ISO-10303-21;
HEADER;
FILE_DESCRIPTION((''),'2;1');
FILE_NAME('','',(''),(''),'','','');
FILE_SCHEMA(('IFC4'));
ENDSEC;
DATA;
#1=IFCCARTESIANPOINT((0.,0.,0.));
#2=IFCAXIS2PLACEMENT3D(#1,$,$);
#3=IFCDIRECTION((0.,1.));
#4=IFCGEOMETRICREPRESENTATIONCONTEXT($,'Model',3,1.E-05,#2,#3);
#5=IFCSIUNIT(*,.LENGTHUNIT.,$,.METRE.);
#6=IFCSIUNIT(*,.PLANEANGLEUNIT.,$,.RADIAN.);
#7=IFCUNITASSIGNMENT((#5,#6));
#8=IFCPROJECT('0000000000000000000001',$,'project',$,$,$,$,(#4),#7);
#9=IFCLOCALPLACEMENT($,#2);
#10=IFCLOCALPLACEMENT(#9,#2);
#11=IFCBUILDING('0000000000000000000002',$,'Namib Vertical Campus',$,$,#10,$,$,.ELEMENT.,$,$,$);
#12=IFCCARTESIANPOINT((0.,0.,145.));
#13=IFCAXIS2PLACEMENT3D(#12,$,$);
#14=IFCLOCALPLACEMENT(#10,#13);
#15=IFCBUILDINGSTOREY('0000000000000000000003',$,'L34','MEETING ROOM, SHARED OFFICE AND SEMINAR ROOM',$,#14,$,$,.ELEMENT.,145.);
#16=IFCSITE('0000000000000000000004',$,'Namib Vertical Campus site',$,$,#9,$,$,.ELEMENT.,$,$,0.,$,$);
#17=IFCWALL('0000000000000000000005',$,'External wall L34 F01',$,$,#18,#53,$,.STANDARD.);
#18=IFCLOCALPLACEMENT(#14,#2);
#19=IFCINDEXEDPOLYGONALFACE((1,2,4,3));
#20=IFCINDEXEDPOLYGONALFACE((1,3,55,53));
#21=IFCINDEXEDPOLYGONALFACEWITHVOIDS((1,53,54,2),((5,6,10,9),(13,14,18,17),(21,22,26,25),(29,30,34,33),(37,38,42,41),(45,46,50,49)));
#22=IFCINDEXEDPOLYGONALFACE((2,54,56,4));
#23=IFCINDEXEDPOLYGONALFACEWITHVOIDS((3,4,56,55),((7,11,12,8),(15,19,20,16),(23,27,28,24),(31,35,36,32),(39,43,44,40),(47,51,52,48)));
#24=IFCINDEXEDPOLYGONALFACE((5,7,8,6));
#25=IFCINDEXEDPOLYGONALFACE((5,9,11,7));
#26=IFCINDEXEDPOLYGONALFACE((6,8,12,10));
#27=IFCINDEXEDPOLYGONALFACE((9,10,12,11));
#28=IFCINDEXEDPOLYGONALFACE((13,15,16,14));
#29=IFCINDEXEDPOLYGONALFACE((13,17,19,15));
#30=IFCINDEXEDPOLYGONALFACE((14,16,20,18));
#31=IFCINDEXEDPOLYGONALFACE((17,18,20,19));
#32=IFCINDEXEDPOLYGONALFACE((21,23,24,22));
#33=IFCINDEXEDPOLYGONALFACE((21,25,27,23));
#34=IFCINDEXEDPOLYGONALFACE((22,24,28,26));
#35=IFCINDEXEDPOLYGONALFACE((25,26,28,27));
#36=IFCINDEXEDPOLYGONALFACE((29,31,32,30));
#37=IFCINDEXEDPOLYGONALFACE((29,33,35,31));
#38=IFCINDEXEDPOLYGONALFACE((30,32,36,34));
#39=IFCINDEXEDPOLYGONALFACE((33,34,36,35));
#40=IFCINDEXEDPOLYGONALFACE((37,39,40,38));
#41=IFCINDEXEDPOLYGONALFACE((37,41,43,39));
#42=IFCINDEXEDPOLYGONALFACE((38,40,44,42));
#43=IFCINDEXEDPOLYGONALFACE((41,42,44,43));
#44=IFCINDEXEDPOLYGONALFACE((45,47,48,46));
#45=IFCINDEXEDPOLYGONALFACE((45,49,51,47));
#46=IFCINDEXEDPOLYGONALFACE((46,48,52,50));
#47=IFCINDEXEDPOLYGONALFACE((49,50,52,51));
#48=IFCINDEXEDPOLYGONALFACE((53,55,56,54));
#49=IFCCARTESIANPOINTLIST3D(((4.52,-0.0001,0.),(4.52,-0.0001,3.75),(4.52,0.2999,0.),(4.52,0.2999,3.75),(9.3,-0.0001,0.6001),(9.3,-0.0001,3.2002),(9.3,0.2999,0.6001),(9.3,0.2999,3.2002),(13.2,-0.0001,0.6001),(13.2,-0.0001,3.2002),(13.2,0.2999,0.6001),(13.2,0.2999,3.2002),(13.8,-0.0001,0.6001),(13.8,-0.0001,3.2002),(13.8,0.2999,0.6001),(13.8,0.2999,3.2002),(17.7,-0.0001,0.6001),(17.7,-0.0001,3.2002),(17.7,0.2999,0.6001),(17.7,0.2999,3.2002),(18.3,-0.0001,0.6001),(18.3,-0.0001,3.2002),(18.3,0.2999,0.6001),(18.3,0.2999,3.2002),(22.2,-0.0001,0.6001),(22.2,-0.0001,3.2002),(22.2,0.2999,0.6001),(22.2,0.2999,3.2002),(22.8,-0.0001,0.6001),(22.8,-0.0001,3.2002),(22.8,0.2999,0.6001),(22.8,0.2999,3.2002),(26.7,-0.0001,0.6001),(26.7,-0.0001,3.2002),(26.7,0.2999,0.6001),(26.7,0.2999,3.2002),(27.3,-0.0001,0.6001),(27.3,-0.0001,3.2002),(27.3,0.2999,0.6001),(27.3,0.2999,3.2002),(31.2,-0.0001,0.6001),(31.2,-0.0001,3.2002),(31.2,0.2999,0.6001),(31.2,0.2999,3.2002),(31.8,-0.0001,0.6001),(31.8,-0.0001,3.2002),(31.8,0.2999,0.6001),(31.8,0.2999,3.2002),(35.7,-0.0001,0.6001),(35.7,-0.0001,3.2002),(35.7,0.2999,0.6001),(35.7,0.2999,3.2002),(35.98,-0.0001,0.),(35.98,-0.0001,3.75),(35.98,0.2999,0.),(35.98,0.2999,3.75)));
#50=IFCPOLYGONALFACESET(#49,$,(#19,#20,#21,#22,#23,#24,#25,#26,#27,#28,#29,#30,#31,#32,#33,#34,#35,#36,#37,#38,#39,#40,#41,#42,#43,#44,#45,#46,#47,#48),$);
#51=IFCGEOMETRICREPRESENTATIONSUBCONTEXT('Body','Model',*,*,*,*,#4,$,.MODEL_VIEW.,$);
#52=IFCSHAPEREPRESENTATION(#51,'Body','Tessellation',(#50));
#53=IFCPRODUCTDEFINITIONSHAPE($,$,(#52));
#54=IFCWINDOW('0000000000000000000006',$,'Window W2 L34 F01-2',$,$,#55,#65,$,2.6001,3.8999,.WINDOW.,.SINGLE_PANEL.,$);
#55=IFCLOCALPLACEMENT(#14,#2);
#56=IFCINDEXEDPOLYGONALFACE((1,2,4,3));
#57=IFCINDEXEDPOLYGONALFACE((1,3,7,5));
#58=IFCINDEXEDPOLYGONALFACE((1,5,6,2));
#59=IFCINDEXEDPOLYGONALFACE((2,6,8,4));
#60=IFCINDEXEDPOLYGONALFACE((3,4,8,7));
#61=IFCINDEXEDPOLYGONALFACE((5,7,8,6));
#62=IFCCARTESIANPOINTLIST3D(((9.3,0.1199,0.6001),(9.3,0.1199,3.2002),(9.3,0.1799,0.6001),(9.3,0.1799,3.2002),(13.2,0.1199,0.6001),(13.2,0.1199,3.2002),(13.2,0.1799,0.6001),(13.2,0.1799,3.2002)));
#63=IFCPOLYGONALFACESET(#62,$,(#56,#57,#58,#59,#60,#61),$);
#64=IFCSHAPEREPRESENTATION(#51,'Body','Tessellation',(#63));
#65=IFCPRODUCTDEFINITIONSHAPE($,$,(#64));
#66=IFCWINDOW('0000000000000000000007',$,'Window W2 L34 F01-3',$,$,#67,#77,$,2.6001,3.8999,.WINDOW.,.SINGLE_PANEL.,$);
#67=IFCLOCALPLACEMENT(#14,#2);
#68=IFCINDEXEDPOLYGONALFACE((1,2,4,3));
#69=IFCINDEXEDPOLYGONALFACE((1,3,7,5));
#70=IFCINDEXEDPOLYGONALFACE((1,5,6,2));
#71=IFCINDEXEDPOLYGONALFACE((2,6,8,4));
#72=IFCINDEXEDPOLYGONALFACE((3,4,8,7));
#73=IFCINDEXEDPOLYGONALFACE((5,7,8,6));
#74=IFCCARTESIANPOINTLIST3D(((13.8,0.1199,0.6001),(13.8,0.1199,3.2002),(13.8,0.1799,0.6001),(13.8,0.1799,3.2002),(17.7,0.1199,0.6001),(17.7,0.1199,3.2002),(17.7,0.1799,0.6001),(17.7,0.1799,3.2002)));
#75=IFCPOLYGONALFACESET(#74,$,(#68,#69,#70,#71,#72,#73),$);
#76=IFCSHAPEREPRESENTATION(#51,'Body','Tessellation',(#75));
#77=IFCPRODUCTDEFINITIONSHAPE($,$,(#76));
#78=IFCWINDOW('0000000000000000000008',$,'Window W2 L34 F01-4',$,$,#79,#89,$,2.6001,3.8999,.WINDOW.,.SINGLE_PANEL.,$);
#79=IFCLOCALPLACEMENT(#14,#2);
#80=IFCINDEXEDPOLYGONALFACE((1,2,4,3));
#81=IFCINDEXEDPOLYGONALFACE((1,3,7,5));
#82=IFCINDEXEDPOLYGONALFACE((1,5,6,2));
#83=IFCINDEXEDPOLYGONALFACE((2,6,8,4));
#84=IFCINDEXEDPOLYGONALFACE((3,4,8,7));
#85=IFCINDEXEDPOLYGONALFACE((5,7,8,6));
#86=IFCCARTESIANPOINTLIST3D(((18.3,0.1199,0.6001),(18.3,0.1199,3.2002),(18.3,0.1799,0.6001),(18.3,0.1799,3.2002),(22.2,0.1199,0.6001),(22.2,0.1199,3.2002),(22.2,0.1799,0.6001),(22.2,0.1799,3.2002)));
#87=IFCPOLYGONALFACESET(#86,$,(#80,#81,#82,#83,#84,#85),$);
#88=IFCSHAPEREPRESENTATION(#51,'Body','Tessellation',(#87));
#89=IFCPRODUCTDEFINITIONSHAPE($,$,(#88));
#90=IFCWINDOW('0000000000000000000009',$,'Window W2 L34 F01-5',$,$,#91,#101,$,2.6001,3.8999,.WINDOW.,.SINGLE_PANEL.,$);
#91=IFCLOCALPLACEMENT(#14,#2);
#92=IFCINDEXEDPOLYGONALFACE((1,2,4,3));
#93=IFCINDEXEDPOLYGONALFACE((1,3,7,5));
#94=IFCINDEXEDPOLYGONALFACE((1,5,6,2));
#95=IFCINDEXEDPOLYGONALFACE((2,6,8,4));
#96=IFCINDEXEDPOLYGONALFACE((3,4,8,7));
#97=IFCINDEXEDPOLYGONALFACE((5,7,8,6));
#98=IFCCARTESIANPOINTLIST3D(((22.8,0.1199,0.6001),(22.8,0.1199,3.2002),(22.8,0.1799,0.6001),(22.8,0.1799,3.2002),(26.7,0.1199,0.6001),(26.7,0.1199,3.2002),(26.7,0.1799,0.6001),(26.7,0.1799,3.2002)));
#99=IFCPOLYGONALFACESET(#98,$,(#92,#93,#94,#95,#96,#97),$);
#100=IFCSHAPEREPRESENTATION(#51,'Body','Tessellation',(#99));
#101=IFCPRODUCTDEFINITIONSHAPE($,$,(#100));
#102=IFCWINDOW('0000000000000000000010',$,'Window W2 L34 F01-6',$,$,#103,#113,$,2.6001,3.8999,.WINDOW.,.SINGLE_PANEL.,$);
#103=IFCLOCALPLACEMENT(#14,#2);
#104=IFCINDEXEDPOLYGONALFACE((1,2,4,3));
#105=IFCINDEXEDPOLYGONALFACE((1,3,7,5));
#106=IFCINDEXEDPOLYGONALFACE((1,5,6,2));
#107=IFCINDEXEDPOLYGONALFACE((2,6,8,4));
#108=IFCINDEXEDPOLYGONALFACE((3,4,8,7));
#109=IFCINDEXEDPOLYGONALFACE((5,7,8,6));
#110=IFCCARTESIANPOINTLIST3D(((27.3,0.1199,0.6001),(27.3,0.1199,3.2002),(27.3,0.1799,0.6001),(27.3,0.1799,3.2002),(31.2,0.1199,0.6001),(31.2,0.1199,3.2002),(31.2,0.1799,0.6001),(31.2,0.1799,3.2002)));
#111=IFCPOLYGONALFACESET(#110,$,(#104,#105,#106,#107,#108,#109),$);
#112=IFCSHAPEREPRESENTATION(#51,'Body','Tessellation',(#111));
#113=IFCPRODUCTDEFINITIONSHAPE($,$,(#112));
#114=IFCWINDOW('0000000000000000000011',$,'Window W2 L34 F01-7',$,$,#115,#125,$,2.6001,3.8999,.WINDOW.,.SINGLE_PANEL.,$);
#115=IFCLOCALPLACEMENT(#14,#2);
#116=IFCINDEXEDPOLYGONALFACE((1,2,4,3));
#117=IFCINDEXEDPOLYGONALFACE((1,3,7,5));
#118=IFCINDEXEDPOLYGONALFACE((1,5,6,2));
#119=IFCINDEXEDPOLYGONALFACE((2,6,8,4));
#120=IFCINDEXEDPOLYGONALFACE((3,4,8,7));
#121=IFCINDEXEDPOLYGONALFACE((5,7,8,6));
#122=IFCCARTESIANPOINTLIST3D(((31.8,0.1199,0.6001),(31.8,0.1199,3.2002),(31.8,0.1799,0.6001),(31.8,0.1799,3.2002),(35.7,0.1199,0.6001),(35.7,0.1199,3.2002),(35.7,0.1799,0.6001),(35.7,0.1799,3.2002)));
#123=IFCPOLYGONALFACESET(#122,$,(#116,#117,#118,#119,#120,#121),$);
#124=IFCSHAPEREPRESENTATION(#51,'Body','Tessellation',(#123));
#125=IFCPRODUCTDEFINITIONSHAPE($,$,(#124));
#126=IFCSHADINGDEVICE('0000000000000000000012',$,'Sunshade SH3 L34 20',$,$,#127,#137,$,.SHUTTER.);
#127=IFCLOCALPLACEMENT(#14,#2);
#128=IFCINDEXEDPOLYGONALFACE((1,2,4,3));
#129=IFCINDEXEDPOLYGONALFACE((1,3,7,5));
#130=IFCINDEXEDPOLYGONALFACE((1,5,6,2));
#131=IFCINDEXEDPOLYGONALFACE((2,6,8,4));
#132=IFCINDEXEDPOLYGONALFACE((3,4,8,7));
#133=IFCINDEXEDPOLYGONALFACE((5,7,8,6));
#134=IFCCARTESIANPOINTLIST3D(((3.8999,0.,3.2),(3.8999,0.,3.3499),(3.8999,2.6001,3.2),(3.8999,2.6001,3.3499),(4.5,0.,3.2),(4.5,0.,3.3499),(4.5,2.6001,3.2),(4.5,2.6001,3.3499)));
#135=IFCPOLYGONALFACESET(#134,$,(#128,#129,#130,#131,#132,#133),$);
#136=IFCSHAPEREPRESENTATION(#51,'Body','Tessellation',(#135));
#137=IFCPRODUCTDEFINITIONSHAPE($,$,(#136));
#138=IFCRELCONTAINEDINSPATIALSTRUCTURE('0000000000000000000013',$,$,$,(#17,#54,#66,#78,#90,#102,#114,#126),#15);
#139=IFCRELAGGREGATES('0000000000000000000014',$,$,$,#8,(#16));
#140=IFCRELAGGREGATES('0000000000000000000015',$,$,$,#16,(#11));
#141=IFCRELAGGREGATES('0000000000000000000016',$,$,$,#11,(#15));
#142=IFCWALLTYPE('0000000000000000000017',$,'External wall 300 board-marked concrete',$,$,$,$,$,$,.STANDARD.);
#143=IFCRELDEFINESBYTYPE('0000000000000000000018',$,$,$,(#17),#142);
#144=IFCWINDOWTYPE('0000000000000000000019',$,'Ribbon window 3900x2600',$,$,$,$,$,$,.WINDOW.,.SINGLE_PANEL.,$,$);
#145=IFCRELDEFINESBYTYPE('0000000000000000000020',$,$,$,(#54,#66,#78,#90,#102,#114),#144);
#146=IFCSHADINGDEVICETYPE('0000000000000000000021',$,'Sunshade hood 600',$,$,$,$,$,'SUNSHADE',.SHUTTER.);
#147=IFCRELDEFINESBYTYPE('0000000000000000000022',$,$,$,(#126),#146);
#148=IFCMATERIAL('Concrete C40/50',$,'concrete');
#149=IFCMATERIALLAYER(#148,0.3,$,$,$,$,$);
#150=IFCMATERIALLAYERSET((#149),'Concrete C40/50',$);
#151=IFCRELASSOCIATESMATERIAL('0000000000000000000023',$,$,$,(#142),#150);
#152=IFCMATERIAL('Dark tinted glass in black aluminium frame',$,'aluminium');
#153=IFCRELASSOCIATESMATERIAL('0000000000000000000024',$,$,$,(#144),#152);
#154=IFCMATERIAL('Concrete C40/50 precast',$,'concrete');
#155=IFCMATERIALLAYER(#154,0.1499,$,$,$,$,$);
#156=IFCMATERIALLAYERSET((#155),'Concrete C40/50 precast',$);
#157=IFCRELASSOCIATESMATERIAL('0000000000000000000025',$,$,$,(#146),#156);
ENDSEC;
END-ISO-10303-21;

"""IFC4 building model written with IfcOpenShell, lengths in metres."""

from ifc_helpers import new_model, si_unit, direction, frame, frame_2d, origin, origin_2d, place, context, subcontext, project, spatial, rectangle, extrude, material, layer, layer_set, type_object, element, fill, save


model = new_model("IFC4")

# Units and contexts
model_context = context("Model", 3, precision=1e-05, world=origin(), true_north=direction((0.0, 1.0)))
body_context = subcontext(model_context, "Body", "Model", "MODEL_VIEW")
ifc_project = project(units=[si_unit("LENGTHUNIT", "METRE"), si_unit("PLANEANGLEUNIT", "RADIAN")], contexts=[model_context])

# Site, building, storey
site_placement = place(None, origin())
site = spatial("IfcSite", under=ifc_project, at=site_placement, Name="Namib Vertical Campus site", CompositionType="ELEMENT", RefElevation=0.0)
building_placement = place(site_placement, origin())
building = spatial("IfcBuilding", under=site, at=building_placement, Name="Namib Vertical Campus", CompositionType="ELEMENT")
storey_placement = place(building_placement, frame((0.0, 0.0, 145.0)))
storey = spatial("IfcBuildingStorey", under=building, at=storey_placement, Name="L34", Description="MEETING ROOM, SHARED OFFICE AND SEMINAR ROOM", CompositionType="ELEMENT", Elevation=145.0)

# Wall, openings, windows
ifc_material_1 = material(Name="Concrete C40/50", Category="concrete")
ifc_layer_1 = layer(ifc_material_1, 0.3)
ifc_layer_set_1 = layer_set([ifc_layer_1], Name="Concrete C40/50")
wall_type = type_object("IfcWallType", Name="External wall 300 board-marked concrete", PredefinedType="STANDARD", material=ifc_layer_set_1)
wall_placement = place(storey_placement, frame((4.52, 0.1499, 0.0), z_axis=(0.0, 0.0, 1.0), x_axis=(1.0, 0.0, 0.0)))
wall = element("IfcWall", 1, at=wall_placement, inside=storey, type_object=wall_type, Name="External wall L34 F01", PredefinedType="STANDARD", context=body_context, shape_type="SweptSolid", body=[
    extrude(rectangle(XDim=31.46, YDim=0.3, at=frame_2d((15.73, 0.0))), origin(), (0.0, 0.0, 1.0), 3.75),
])
opening_1_placement = place(wall_placement, frame((4.78, 0.0, 0.6001)))
opening_1 = element("IfcOpeningElement", 2, at=opening_1_placement, cuts=wall, PredefinedType="OPENING", context=body_context, shape_type="SweptSolid", body=[
    extrude(rectangle(XDim=3.8999, YDim=2.6001, at=frame_2d((1.95, 1.3))), frame((0.0, 0.1599, 0.0), z_axis=(0.0, -1.0, 0.0), x_axis=(1.0, 0.0, 0.0)), (0.0, 0.0, 1.0), 0.3201),
])
opening_2_placement = place(wall_placement, frame((9.28, 0.0, 0.6001)))
opening_2 = element("IfcOpeningElement", 3, at=opening_2_placement, cuts=wall, PredefinedType="OPENING", context=body_context, shape_type="SweptSolid", body=[
    extrude(rectangle(XDim=3.8999, YDim=2.6001, at=frame_2d((1.95, 1.3))), frame((0.0, 0.1599, 0.0), z_axis=(0.0, -1.0, 0.0), x_axis=(1.0, 0.0, 0.0)), (0.0, 0.0, 1.0), 0.3201),
])
opening_3_placement = place(wall_placement, frame((13.78, 0.0, 0.6001)))
opening_3 = element("IfcOpeningElement", 4, at=opening_3_placement, cuts=wall, PredefinedType="OPENING", context=body_context, shape_type="SweptSolid", body=[
    extrude(rectangle(XDim=3.8999, YDim=2.6001, at=frame_2d((1.95, 1.3))), frame((0.0, 0.1599, 0.0), z_axis=(0.0, -1.0, 0.0), x_axis=(1.0, 0.0, 0.0)), (0.0, 0.0, 1.0), 0.3201),
])
opening_4_placement = place(wall_placement, frame((18.28, 0.0, 0.6001)))
opening_4 = element("IfcOpeningElement", 5, at=opening_4_placement, cuts=wall, PredefinedType="OPENING", context=body_context, shape_type="SweptSolid", body=[
    extrude(rectangle(XDim=3.8999, YDim=2.6001, at=frame_2d((1.95, 1.3))), frame((0.0, 0.1599, 0.0), z_axis=(0.0, -1.0, 0.0), x_axis=(1.0, 0.0, 0.0)), (0.0, 0.0, 1.0), 0.3201),
])
opening_5_placement = place(wall_placement, frame((22.78, 0.0, 0.6001)))
opening_5 = element("IfcOpeningElement", 6, at=opening_5_placement, cuts=wall, PredefinedType="OPENING", context=body_context, shape_type="SweptSolid", body=[
    extrude(rectangle(XDim=3.8999, YDim=2.6001, at=frame_2d((1.95, 1.3))), frame((0.0, 0.1599, 0.0), z_axis=(0.0, -1.0, 0.0), x_axis=(1.0, 0.0, 0.0)), (0.0, 0.0, 1.0), 0.3201),
])
opening_6_placement = place(wall_placement, frame((27.28, 0.0, 0.6001)))
opening_6 = element("IfcOpeningElement", 7, at=opening_6_placement, cuts=wall, PredefinedType="OPENING", context=body_context, shape_type="SweptSolid", body=[
    extrude(rectangle(XDim=3.8999, YDim=2.6001, at=frame_2d((1.95, 1.3))), frame((0.0, 0.1599, 0.0), z_axis=(0.0, -1.0, 0.0), x_axis=(1.0, 0.0, 0.0)), (0.0, 0.0, 1.0), 0.3201),
])
ifc_material_2 = material(Name="Dark tinted glass in black aluminium frame", Category="aluminium")
window_type = type_object("IfcWindowType", Name="Ribbon window 3900x2600", PartitioningType="SINGLE_PANEL", PredefinedType="WINDOW", material=ifc_material_2)
window_1_placement = place(opening_1_placement, origin())
window_1 = element("IfcWindow", 8, at=window_1_placement, inside=storey, type_object=window_type, Name="Window W2 L34 F01-2", OverallHeight=2.6001, OverallWidth=3.8999, PartitioningType="SINGLE_PANEL", PredefinedType="WINDOW", context=body_context, shape_type="SweptSolid", body=[
    extrude(rectangle(XDim=3.8999, YDim=2.6001, at=frame_2d((1.95, 1.3))), frame((0.0, 0.03, 0.0), z_axis=(0.0, -1.0, 0.0), x_axis=(1.0, 0.0, 0.0)), (0.0, 0.0, 1.0), 0.0601),
])
fill(opening_1, window_1)
window_2_placement = place(opening_2_placement, origin())
window_2 = element("IfcWindow", 9, at=window_2_placement, inside=storey, type_object=window_type, Name="Window W2 L34 F01-3", OverallHeight=2.6001, OverallWidth=3.8999, PartitioningType="SINGLE_PANEL", PredefinedType="WINDOW", context=body_context, shape_type="SweptSolid", body=[
    extrude(rectangle(XDim=3.8999, YDim=2.6001, at=frame_2d((1.95, 1.3))), frame((0.0, 0.03, 0.0), z_axis=(0.0, -1.0, 0.0), x_axis=(1.0, 0.0, 0.0)), (0.0, 0.0, 1.0), 0.0601),
])
fill(opening_2, window_2)
window_3_placement = place(opening_3_placement, origin())
window_3 = element("IfcWindow", 10, at=window_3_placement, inside=storey, type_object=window_type, Name="Window W2 L34 F01-4", OverallHeight=2.6001, OverallWidth=3.8999, PartitioningType="SINGLE_PANEL", PredefinedType="WINDOW", context=body_context, shape_type="SweptSolid", body=[
    extrude(rectangle(XDim=3.8999, YDim=2.6001, at=frame_2d((1.95, 1.3))), frame((0.0, 0.03, 0.0), z_axis=(0.0, -1.0, 0.0), x_axis=(1.0, 0.0, 0.0)), (0.0, 0.0, 1.0), 0.0601),
])
fill(opening_3, window_3)
window_4_placement = place(opening_4_placement, origin())
window_4 = element("IfcWindow", 11, at=window_4_placement, inside=storey, type_object=window_type, Name="Window W2 L34 F01-5", OverallHeight=2.6001, OverallWidth=3.8999, PartitioningType="SINGLE_PANEL", PredefinedType="WINDOW", context=body_context, shape_type="SweptSolid", body=[
    extrude(rectangle(XDim=3.8999, YDim=2.6001, at=frame_2d((1.95, 1.3))), frame((0.0, 0.03, 0.0), z_axis=(0.0, -1.0, 0.0), x_axis=(1.0, 0.0, 0.0)), (0.0, 0.0, 1.0), 0.0601),
])
fill(opening_4, window_4)
window_5_placement = place(opening_5_placement, origin())
window_5 = element("IfcWindow", 12, at=window_5_placement, inside=storey, type_object=window_type, Name="Window W2 L34 F01-6", OverallHeight=2.6001, OverallWidth=3.8999, PartitioningType="SINGLE_PANEL", PredefinedType="WINDOW", context=body_context, shape_type="SweptSolid", body=[
    extrude(rectangle(XDim=3.8999, YDim=2.6001, at=frame_2d((1.95, 1.3))), frame((0.0, 0.03, 0.0), z_axis=(0.0, -1.0, 0.0), x_axis=(1.0, 0.0, 0.0)), (0.0, 0.0, 1.0), 0.0601),
])
fill(opening_5, window_5)
window_6_placement = place(opening_6_placement, origin())
window_6 = element("IfcWindow", 13, at=window_6_placement, inside=storey, type_object=window_type, Name="Window W2 L34 F01-7", OverallHeight=2.6001, OverallWidth=3.8999, PartitioningType="SINGLE_PANEL", PredefinedType="WINDOW", context=body_context, shape_type="SweptSolid", body=[
    extrude(rectangle(XDim=3.8999, YDim=2.6001, at=frame_2d((1.95, 1.3))), frame((0.0, 0.03, 0.0), z_axis=(0.0, -1.0, 0.0), x_axis=(1.0, 0.0, 0.0)), (0.0, 0.0, 1.0), 0.0601),
])
fill(opening_6, window_6)

# Shading device
ifc_material_3 = material(Name="Concrete C40/50 precast", Category="concrete")
ifc_layer_2 = layer(ifc_material_3, 0.1499)
ifc_layer_set_2 = layer_set([ifc_layer_2], Name="Concrete C40/50 precast")
shading_device_type = type_object("IfcShadingDeviceType", Name="Sunshade hood 600", ElementType="SUNSHADE", PredefinedType="SHUTTER", material=ifc_layer_set_2)
shading_device_placement = place(storey_placement, frame((4.2, 1.3, 3.2), z_axis=(0.0, 0.0, 1.0), x_axis=(0.0, -1.0, 0.0)))
element("IfcShadingDevice", 14, at=shading_device_placement, inside=storey, type_object=shading_device_type, Name="Sunshade SH3 L34 20", PredefinedType="SHUTTER", context=body_context, shape_type="SweptSolid", body=[
    extrude(rectangle(XDim=2.6001, YDim=0.6001, at=origin_2d()), origin(), (0.0, 0.0, 1.0), 0.1499),
])

save(model, "model.ifc")
